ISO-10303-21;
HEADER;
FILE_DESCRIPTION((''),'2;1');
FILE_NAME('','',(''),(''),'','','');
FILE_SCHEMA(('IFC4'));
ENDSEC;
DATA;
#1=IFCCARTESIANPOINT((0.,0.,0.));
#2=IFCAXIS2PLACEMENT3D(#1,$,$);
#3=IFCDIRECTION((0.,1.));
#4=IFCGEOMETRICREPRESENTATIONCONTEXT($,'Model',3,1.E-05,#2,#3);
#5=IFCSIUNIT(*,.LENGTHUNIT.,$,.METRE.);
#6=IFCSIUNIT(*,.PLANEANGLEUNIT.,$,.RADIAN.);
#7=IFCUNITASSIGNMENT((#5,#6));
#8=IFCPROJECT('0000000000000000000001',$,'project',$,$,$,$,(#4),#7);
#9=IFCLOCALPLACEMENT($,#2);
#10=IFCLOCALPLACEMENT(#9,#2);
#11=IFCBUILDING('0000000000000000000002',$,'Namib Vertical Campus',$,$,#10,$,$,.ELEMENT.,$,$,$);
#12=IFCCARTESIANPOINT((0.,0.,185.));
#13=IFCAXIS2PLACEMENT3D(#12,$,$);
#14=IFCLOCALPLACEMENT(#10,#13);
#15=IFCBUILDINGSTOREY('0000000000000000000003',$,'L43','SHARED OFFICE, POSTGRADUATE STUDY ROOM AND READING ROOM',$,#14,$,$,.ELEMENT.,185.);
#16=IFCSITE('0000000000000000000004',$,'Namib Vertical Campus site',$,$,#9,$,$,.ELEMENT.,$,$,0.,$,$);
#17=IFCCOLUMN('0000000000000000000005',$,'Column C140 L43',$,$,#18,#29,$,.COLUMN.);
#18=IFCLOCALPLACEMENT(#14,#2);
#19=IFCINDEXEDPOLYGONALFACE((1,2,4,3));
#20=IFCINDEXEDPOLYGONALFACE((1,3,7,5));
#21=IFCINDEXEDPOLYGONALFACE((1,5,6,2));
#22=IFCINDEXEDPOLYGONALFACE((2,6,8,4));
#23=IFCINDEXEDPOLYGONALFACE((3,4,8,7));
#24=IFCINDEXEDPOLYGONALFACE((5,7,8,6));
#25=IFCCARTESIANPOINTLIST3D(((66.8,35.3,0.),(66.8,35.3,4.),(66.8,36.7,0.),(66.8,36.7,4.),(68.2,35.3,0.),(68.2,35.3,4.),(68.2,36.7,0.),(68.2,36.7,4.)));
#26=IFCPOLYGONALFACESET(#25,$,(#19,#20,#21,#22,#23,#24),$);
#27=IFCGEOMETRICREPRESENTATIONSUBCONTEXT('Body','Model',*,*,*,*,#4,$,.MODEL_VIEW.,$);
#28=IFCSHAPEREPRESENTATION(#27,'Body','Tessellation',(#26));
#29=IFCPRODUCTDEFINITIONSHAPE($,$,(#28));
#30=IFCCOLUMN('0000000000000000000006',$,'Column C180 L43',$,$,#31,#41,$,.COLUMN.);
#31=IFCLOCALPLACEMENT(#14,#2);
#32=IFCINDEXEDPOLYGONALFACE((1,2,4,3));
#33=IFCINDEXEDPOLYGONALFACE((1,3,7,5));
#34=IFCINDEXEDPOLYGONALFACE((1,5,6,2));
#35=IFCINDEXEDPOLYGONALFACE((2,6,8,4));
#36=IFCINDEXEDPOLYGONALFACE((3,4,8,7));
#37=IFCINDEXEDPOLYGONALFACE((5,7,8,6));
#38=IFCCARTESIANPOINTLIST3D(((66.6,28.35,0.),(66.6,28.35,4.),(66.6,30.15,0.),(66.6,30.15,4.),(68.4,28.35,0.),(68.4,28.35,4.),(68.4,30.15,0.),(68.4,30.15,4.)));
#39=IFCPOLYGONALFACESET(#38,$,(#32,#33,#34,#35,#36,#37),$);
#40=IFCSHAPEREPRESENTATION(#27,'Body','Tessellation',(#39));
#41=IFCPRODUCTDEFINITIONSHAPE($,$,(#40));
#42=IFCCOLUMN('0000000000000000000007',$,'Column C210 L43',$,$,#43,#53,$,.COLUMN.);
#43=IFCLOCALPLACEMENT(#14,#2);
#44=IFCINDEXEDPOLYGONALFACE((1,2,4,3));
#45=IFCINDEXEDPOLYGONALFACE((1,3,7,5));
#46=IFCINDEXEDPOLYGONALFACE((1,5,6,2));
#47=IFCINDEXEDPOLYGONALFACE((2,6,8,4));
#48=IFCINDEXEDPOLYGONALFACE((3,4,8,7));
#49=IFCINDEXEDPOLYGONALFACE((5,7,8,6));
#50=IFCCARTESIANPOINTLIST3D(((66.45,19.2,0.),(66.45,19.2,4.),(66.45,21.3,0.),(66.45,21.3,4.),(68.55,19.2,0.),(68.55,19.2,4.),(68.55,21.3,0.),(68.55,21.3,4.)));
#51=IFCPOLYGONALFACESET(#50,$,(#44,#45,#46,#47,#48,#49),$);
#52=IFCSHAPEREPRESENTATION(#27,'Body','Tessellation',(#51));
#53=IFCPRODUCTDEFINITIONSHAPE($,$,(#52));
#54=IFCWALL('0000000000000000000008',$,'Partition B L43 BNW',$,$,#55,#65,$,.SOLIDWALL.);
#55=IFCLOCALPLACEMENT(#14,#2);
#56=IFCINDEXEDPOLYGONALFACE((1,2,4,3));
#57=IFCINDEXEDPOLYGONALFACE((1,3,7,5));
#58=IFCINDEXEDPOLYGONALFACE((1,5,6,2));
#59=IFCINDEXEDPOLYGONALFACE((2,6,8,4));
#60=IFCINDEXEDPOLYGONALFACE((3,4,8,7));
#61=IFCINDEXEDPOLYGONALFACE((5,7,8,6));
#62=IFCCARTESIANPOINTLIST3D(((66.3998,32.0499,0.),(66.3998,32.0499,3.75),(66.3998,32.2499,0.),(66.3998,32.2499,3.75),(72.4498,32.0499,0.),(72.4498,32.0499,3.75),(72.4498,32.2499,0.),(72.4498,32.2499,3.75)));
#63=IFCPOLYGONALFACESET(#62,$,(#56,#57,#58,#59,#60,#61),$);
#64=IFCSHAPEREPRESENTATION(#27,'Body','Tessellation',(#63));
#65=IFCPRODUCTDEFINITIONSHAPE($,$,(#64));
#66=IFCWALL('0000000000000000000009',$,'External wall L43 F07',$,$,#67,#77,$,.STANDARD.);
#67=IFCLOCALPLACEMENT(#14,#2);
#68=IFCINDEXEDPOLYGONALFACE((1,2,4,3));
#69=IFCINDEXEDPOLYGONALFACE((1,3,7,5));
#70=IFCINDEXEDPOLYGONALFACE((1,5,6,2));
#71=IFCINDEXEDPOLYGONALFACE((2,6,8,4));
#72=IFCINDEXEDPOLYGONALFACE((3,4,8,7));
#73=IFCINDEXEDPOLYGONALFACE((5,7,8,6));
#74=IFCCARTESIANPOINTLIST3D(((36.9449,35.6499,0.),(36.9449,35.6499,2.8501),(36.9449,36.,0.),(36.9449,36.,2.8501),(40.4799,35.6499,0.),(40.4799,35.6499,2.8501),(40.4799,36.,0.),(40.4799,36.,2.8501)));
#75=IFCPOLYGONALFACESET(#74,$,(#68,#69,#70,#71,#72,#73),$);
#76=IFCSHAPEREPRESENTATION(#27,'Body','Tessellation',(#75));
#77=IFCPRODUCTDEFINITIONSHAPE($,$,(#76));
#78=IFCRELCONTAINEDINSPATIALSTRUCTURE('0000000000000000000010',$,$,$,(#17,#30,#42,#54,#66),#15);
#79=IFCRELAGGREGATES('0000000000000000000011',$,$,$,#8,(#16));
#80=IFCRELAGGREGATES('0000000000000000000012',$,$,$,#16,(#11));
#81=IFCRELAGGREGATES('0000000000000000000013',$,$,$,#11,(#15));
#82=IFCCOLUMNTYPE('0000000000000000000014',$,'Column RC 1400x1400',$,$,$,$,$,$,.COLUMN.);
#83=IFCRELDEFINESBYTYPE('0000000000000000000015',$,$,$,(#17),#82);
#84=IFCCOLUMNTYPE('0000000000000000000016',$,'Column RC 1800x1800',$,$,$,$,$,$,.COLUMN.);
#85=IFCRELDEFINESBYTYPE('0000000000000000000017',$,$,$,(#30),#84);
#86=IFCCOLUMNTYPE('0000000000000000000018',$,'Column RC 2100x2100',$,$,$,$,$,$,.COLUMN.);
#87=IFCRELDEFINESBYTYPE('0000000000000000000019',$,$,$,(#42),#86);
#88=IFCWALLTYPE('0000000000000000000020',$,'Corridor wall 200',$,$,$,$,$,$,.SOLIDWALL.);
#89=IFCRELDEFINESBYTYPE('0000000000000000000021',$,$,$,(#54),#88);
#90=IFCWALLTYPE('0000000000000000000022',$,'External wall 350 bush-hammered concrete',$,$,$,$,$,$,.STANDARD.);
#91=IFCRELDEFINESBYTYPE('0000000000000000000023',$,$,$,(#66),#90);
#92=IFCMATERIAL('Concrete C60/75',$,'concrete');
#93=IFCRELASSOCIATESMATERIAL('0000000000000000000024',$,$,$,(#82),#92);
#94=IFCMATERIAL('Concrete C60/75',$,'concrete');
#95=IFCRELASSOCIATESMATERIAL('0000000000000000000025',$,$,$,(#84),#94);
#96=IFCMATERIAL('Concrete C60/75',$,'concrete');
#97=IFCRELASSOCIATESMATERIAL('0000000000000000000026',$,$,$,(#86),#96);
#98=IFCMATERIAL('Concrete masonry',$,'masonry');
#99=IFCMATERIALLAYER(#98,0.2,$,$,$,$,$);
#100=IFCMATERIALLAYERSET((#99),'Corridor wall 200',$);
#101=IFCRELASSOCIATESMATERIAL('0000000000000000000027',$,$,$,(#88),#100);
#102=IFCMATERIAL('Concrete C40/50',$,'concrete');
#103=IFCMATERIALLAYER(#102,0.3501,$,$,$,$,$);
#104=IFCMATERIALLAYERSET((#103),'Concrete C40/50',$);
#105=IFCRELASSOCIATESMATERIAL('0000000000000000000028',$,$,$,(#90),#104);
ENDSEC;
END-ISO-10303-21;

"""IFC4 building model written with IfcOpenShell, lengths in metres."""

from ifc_helpers import new_model, si_unit, direction, frame, frame_2d, origin, origin_2d, place, context, subcontext, project, spatial, rectangle, extrude, material, layer, layer_set, material_profile, profile_set, type_object, element, save


model = new_model("IFC4")

# Units and contexts
model_context = context("Model", 3, precision=1e-05, world=origin(), true_north=direction((0.0, 1.0)))
body_context = subcontext(model_context, "Body", "Model", "MODEL_VIEW")
ifc_project = project(units=[si_unit("LENGTHUNIT", "METRE"), si_unit("PLANEANGLEUNIT", "RADIAN")], contexts=[model_context])

# Site, building, storey
site_placement = place(None, origin())
site = spatial("IfcSite", under=ifc_project, at=site_placement, Name="Namib Vertical Campus site", CompositionType="ELEMENT", RefElevation=0.0)
building_placement = place(site_placement, origin())
building = spatial("IfcBuilding", under=site, at=building_placement, Name="Namib Vertical Campus", CompositionType="ELEMENT")
storey_placement = place(building_placement, frame((0.0, 0.0, 185.0)))
storey = spatial("IfcBuildingStorey", under=building, at=storey_placement, Name="L43", Description="SHARED OFFICE, POSTGRADUATE STUDY ROOM AND READING ROOM", CompositionType="ELEMENT", Elevation=185.0)

# Columns
ifc_material_1 = material(Name="Concrete C60/75", Category="concrete")
ifc_material_profile_1 = material_profile(ifc_material_1, rectangle(XDim=1.3999, YDim=1.3999, at=origin_2d()))
ifc_profile_set_1 = profile_set([ifc_material_profile_1], Name="Concrete C60/75")
column_type_1 = type_object("IfcColumnType", Name="Column RC 1400x1400", PredefinedType="COLUMN", material=ifc_profile_set_1)
column_1_placement = place(storey_placement, frame((67.5, 36.0, 0.0), z_axis=(0.0, 0.0, 1.0), x_axis=(1.0, 0.0, 0.0)))
element("IfcColumn", 1, at=column_1_placement, inside=storey, type_object=column_type_1, Name="Column C140 L43", PredefinedType="COLUMN", context=body_context, shape_type="SweptSolid", body=[
    extrude(rectangle(XDim=1.3999, YDim=1.3999, at=origin_2d()), origin(), (0.0, 0.0, 1.0), 4.0),
])
ifc_material_2 = material(Name="Concrete C60/75", Category="concrete")
ifc_material_profile_2 = material_profile(ifc_material_2, rectangle(XDim=1.8, YDim=1.8, at=origin_2d()))
ifc_profile_set_2 = profile_set([ifc_material_profile_2], Name="Concrete C60/75")
column_type_2 = type_object("IfcColumnType", Name="Column RC 1800x1800", PredefinedType="COLUMN", material=ifc_profile_set_2)
column_2_placement = place(storey_placement, frame((67.5, 29.25, 0.0), z_axis=(0.0, 0.0, 1.0), x_axis=(1.0, 0.0, 0.0)))
element("IfcColumn", 2, at=column_2_placement, inside=storey, type_object=column_type_2, Name="Column C180 L43", PredefinedType="COLUMN", context=body_context, shape_type="SweptSolid", body=[
    extrude(rectangle(XDim=1.8, YDim=1.8, at=origin_2d()), origin(), (0.0, 0.0, 1.0), 4.0),
])
ifc_material_3 = material(Name="Concrete C60/75", Category="concrete")
ifc_material_profile_3 = material_profile(ifc_material_3, rectangle(XDim=2.1001, YDim=2.1001, at=origin_2d()))
ifc_profile_set_3 = profile_set([ifc_material_profile_3], Name="Concrete C60/75")
column_type_3 = type_object("IfcColumnType", Name="Column RC 2100x2100", PredefinedType="COLUMN", material=ifc_profile_set_3)
column_3_placement = place(storey_placement, frame((67.5, 20.25, 0.0), z_axis=(0.0, 0.0, 1.0), x_axis=(1.0, 0.0, 0.0)))
element("IfcColumn", 3, at=column_3_placement, inside=storey, type_object=column_type_3, Name="Column C210 L43", PredefinedType="COLUMN", context=body_context, shape_type="SweptSolid", body=[
    extrude(rectangle(XDim=2.1001, YDim=2.1001, at=origin_2d()), origin(), (0.0, 0.0, 1.0), 4.0),
])

# Walls
ifc_material_4 = material(Name="Concrete masonry", Category="masonry")
ifc_layer_1 = layer(ifc_material_4, 0.2)
ifc_layer_set_1 = layer_set([ifc_layer_1], Name="Corridor wall 200")
wall_type_1 = type_object("IfcWallType", Name="Corridor wall 200", PredefinedType="SOLIDWALL", material=ifc_layer_set_1)
wall_1_placement = place(storey_placement, frame((66.3999, 32.1499, 0.0), z_axis=(0.0, 0.0, 1.0), x_axis=(1.0, 0.0, 0.0)))
element("IfcWall", 4, at=wall_1_placement, inside=storey, type_object=wall_type_1, Name="Partition B L43 BNW", PredefinedType="SOLIDWALL", context=body_context, shape_type="SweptSolid", body=[
    extrude(rectangle(XDim=6.05, YDim=0.2, at=frame_2d((3.0249, 0.0))), origin(), (0.0, 0.0, 1.0), 3.75),
])
ifc_material_5 = material(Name="Concrete C40/50", Category="concrete")
ifc_layer_2 = layer(ifc_material_5, 0.3501)
ifc_layer_set_2 = layer_set([ifc_layer_2], Name="Concrete C40/50")
wall_type_2 = type_object("IfcWallType", Name="External wall 350 bush-hammered concrete", PredefinedType="STANDARD", material=ifc_layer_set_2)
wall_2_placement = place(storey_placement, frame((40.48, 35.825, 0.0), z_axis=(0.0, 0.0, 1.0), x_axis=(-1.0, 0.0, 0.0)))
element("IfcWall", 5, at=wall_2_placement, inside=storey, type_object=wall_type_2, Name="External wall L43 F07", PredefinedType="STANDARD", context=body_context, shape_type="SweptSolid", body=[
    extrude(rectangle(XDim=3.5349, YDim=0.3501, at=frame_2d((1.7676, 0.0))), origin(), (0.0, 0.0, 1.0), 2.8501),
])

save(model, "model.ifc")
